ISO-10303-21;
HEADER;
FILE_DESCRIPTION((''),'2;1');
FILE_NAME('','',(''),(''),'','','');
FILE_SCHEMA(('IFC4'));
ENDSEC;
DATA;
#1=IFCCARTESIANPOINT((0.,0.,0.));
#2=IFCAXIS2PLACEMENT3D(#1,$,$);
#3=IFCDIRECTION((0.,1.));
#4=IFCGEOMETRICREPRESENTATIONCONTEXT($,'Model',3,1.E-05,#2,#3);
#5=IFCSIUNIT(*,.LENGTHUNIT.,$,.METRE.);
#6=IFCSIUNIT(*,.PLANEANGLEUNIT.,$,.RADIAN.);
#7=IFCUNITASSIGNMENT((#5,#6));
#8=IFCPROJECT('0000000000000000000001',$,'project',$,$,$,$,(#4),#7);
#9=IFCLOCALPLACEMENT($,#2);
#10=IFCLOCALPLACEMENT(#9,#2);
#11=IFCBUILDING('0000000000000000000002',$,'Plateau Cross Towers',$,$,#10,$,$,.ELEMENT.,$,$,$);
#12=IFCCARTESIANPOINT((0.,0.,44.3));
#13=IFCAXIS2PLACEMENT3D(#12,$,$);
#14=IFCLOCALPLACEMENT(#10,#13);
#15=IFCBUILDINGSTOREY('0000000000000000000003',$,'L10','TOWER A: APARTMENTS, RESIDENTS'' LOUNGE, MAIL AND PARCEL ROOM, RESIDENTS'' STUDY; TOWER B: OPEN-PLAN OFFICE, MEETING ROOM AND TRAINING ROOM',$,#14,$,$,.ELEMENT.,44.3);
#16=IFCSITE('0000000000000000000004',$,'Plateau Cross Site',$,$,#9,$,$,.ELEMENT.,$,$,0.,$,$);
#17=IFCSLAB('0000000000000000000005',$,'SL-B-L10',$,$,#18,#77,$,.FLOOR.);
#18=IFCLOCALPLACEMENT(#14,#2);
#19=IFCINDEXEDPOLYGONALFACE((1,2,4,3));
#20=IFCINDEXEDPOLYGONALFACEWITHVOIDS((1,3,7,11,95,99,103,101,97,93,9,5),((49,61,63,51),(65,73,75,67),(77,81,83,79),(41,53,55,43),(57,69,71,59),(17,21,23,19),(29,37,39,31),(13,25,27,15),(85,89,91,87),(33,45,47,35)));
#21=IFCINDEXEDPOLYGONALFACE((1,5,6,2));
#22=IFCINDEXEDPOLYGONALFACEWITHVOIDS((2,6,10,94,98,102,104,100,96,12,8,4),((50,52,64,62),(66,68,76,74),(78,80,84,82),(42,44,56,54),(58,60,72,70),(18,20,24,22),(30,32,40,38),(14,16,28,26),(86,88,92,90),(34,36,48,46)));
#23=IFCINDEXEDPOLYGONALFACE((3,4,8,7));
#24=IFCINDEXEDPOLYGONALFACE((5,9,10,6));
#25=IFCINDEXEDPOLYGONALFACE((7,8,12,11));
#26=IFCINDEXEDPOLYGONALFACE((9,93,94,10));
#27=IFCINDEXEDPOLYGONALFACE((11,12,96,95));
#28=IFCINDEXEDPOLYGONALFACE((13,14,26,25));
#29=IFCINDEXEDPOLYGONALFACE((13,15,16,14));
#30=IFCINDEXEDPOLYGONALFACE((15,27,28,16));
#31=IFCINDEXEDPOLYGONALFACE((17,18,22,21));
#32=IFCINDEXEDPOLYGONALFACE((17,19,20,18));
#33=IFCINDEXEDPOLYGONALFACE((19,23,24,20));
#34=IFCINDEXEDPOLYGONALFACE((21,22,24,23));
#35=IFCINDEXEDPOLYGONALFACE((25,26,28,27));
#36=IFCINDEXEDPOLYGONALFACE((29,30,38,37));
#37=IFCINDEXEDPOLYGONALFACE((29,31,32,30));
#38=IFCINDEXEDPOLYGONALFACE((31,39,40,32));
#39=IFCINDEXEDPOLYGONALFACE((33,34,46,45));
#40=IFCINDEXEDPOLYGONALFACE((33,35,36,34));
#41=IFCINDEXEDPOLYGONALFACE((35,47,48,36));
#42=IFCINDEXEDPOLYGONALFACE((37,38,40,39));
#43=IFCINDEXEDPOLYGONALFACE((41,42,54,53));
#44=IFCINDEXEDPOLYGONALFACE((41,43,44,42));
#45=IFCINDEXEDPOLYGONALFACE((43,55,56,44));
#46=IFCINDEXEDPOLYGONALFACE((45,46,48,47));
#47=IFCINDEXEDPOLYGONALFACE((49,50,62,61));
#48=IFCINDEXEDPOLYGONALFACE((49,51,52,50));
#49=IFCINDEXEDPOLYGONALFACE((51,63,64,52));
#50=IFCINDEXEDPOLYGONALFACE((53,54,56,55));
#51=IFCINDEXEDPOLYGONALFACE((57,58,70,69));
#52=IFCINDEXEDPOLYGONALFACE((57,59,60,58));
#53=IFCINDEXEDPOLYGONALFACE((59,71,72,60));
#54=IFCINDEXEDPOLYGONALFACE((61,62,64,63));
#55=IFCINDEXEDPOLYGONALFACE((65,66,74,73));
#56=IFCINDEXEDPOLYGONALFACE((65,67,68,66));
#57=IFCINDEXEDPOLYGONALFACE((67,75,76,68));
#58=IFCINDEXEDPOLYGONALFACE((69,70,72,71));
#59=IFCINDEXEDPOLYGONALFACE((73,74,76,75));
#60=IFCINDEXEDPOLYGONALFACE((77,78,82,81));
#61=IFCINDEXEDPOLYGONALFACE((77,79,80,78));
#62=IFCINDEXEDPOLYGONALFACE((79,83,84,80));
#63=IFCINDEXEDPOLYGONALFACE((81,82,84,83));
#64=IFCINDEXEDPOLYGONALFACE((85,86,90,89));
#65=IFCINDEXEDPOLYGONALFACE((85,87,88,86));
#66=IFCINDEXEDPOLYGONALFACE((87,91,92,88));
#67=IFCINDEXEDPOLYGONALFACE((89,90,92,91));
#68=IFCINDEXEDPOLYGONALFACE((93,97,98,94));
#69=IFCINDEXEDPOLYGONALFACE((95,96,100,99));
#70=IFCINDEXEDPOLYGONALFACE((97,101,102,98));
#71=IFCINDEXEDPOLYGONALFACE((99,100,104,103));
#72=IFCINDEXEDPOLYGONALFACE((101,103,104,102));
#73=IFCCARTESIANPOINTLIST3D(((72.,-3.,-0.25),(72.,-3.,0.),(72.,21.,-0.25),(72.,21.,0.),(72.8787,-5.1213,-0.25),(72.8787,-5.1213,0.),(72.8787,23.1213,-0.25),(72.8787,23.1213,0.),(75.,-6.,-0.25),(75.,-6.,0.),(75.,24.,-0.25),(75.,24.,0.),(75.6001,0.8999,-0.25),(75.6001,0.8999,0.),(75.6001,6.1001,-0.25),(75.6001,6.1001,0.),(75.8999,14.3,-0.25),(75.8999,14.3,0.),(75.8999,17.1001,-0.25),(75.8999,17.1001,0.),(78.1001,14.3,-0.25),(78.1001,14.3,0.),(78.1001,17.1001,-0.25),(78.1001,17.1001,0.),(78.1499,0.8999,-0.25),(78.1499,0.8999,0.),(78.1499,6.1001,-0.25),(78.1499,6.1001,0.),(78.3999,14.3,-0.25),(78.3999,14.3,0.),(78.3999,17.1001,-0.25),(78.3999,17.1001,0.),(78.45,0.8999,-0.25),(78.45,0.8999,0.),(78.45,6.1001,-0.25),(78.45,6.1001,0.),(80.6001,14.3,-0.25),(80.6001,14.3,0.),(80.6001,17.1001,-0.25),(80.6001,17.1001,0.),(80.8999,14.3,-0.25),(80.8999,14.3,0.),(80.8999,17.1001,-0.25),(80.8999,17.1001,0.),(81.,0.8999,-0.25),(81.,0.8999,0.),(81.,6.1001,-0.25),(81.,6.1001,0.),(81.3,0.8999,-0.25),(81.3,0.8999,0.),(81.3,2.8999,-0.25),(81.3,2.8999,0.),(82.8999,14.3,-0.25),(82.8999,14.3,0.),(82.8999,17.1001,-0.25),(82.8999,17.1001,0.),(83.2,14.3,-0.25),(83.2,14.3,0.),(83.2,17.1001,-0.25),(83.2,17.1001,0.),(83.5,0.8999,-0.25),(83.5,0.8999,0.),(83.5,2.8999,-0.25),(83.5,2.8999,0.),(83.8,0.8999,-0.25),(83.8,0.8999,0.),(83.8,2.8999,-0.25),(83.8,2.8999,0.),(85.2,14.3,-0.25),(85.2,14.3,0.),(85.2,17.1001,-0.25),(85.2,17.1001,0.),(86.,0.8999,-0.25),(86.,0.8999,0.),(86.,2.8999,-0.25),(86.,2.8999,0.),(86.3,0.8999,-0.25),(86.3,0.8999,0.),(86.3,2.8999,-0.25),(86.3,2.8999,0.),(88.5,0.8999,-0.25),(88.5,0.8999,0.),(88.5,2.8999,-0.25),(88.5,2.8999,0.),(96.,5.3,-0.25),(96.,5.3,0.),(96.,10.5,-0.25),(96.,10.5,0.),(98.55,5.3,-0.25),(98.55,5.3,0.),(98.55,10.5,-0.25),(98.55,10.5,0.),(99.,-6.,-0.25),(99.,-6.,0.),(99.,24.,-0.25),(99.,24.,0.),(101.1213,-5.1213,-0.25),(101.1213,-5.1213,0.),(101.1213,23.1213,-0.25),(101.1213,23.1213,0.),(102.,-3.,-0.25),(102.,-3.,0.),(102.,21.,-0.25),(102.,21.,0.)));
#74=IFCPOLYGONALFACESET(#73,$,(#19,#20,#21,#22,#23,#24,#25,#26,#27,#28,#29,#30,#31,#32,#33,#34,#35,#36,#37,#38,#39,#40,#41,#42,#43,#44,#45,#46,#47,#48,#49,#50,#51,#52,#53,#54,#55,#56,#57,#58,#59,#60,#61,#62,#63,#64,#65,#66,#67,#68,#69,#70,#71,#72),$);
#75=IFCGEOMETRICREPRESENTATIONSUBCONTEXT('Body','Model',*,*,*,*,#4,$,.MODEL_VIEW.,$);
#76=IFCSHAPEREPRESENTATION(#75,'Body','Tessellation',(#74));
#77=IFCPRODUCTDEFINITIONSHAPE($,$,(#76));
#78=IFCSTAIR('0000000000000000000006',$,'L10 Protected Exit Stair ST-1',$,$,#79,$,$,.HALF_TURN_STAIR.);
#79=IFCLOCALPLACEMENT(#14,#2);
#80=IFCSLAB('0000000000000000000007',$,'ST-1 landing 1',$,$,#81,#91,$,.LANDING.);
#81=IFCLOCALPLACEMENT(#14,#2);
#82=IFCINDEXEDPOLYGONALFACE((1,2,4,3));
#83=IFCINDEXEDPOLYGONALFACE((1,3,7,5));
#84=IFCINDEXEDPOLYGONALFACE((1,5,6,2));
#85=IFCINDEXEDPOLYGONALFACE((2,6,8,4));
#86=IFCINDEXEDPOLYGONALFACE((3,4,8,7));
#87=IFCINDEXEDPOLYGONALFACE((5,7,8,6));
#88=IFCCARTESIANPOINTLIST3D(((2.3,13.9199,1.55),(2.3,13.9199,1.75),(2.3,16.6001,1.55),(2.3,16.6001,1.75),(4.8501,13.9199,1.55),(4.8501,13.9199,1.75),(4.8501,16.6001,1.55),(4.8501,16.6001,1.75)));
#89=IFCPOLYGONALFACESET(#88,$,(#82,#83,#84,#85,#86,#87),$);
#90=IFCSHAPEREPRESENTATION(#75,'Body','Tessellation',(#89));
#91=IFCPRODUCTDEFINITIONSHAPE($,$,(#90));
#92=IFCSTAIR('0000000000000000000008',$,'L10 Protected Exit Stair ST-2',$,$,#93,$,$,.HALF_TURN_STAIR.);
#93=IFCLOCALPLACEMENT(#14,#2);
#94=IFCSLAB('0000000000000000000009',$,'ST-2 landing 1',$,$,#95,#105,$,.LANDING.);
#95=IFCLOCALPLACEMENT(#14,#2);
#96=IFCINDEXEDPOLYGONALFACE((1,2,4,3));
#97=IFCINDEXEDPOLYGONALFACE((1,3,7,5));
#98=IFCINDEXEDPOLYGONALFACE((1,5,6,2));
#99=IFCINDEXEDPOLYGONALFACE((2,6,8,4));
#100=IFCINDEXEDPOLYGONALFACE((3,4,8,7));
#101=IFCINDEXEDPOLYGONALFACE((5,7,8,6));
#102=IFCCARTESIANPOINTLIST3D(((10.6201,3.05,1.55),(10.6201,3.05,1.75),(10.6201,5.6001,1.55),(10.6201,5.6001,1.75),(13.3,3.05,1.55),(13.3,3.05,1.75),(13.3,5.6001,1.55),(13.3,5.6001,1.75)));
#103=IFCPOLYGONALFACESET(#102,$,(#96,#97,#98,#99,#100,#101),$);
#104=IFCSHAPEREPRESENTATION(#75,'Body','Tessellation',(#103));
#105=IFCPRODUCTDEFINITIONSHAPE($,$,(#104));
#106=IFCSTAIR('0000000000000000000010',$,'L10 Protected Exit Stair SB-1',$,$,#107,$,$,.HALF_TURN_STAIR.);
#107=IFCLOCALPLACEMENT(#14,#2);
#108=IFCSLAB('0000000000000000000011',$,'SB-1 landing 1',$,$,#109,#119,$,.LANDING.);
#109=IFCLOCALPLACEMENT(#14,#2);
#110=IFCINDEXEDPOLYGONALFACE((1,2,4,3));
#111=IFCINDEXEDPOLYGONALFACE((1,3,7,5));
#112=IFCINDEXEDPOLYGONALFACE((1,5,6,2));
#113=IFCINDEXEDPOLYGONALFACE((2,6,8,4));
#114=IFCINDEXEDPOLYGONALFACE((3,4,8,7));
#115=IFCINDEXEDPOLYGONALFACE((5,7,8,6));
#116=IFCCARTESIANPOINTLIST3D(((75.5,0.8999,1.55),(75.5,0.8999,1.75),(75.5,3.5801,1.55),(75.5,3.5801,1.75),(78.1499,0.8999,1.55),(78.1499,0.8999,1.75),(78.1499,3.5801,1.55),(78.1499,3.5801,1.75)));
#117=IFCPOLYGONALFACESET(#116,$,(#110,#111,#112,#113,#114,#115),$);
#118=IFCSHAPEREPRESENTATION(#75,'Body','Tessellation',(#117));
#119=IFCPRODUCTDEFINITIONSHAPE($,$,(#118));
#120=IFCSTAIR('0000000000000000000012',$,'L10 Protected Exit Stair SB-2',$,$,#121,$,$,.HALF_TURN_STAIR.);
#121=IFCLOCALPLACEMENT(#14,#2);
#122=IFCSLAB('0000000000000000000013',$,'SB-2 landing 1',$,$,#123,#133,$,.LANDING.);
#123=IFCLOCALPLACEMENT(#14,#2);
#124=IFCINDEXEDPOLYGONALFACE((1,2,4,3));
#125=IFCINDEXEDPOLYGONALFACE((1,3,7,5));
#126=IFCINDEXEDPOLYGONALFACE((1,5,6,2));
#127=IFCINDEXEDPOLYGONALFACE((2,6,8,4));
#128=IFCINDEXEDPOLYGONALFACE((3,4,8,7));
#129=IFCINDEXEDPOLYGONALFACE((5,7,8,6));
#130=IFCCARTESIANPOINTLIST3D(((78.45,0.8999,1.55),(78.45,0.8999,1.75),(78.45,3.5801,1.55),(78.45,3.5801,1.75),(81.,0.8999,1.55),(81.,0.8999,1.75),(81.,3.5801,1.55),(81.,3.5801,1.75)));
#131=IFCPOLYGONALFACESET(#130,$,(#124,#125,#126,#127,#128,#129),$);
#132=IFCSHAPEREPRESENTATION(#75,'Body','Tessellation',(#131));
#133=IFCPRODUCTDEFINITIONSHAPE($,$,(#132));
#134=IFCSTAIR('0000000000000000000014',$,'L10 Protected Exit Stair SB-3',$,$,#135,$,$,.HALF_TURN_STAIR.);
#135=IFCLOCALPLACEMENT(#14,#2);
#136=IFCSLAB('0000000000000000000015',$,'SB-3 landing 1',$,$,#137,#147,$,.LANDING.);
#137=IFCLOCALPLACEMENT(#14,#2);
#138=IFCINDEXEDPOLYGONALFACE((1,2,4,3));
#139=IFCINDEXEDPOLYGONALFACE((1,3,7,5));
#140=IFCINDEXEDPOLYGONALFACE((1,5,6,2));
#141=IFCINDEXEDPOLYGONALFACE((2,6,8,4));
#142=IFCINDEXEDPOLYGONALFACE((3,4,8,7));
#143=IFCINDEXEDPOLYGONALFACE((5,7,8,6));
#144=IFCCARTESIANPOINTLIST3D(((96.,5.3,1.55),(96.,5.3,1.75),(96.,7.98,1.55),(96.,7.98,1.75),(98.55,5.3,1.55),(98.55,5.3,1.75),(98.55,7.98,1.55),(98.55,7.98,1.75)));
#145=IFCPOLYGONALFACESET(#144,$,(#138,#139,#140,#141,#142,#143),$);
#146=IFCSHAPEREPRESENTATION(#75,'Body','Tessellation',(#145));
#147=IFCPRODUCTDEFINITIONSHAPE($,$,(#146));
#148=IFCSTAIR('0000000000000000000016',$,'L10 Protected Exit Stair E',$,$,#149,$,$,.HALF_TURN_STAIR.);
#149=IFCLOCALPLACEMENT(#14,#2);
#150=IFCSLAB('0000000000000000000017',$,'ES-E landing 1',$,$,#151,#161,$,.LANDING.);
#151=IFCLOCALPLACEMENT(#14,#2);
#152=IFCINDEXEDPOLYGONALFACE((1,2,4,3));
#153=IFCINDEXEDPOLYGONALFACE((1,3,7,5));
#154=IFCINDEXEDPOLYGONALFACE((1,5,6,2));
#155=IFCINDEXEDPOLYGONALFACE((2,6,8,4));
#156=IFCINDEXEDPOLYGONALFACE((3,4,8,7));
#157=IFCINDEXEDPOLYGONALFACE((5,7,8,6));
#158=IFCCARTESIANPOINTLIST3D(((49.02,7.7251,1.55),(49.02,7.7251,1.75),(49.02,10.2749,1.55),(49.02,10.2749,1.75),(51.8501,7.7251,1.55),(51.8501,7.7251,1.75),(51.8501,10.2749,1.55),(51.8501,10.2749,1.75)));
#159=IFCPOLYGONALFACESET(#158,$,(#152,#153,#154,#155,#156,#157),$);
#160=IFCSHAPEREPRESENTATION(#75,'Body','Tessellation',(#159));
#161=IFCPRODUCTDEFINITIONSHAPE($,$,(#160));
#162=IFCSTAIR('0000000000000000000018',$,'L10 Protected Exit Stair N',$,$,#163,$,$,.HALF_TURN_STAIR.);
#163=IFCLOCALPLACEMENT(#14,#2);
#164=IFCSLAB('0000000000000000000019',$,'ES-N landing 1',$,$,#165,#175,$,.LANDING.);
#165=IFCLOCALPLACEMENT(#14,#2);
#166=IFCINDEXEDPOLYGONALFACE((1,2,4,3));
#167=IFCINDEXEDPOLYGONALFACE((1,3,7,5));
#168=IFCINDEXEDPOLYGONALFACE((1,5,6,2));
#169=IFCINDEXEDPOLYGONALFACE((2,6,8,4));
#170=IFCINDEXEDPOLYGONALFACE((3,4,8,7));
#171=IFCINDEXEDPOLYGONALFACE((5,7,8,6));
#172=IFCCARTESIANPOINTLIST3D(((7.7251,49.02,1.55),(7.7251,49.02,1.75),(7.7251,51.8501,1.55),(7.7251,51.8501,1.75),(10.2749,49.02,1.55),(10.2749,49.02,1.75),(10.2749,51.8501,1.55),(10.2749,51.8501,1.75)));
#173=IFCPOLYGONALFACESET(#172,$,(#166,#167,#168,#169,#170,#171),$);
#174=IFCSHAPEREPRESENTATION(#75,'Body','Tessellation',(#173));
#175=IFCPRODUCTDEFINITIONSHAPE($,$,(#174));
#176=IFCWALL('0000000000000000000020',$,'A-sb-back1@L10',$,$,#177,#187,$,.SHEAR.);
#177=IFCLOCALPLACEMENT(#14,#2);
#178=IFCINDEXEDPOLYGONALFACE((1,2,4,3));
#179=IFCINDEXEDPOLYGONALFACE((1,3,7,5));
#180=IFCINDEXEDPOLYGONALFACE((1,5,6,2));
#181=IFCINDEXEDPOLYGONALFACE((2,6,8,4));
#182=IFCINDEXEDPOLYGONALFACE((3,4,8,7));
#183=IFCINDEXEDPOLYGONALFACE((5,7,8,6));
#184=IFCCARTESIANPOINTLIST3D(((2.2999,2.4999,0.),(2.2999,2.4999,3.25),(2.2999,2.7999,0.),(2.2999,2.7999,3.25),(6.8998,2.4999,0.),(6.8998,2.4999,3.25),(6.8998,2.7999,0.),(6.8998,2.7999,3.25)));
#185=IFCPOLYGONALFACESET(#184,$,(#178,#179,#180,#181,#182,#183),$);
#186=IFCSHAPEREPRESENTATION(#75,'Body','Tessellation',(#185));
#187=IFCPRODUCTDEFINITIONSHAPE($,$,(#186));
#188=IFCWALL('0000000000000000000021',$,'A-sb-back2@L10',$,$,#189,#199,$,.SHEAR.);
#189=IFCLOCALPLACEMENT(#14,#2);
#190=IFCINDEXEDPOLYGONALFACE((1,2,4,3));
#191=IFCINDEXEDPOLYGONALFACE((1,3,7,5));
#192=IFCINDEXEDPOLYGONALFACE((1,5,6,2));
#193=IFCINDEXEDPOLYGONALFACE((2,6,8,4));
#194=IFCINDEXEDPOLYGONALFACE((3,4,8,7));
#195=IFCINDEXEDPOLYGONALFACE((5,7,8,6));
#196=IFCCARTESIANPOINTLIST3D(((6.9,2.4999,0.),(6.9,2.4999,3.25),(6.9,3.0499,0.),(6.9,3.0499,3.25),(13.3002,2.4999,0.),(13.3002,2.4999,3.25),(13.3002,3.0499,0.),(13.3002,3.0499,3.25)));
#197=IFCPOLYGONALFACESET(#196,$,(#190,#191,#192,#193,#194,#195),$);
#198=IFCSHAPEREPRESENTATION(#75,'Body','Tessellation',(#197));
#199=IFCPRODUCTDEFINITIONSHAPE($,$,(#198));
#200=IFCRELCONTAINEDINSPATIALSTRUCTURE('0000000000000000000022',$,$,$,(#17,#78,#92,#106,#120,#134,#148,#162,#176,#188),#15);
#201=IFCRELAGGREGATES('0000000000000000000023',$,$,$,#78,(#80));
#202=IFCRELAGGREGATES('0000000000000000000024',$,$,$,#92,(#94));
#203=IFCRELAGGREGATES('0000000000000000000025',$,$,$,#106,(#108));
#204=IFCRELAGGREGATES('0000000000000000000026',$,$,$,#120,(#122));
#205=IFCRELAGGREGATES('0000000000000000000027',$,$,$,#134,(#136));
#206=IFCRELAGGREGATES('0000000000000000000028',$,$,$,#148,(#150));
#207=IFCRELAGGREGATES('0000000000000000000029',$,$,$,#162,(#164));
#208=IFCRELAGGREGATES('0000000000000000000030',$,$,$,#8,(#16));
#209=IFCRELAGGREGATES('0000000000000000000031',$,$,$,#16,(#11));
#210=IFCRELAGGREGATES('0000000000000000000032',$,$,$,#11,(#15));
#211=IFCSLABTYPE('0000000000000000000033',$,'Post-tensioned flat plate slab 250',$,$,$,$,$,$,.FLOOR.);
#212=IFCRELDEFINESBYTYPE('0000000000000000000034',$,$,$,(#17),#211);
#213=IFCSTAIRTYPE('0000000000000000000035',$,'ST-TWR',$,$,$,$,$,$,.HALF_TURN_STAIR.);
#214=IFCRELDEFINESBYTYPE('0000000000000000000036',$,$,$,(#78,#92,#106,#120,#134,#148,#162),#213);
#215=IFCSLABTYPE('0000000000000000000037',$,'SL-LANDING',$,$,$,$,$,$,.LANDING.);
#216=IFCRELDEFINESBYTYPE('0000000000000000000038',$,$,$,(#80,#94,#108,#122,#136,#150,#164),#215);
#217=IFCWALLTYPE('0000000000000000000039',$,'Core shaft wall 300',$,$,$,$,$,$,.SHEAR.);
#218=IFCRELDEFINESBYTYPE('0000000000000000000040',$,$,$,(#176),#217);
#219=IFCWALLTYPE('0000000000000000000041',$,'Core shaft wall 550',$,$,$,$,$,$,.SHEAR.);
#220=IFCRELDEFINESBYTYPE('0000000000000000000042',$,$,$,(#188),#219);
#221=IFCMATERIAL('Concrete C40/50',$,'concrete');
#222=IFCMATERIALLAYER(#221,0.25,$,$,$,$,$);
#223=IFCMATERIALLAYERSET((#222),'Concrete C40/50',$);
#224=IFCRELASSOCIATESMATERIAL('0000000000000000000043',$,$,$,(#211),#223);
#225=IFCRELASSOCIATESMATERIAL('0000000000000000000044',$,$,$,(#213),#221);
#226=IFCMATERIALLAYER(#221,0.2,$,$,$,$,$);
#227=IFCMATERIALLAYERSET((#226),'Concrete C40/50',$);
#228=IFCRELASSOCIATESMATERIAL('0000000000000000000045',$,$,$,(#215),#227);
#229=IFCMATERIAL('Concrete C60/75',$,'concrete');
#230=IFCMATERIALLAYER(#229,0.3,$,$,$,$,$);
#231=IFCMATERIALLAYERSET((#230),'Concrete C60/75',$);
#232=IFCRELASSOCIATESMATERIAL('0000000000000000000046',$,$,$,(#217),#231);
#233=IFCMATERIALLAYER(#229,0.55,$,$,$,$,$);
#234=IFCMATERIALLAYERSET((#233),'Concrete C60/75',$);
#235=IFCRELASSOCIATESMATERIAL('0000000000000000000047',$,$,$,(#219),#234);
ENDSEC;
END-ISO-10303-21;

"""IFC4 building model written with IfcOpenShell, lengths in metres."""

from ifc_helpers import new_model, si_unit, direction, frame, frame_2d, origin, place, context, subcontext, project, spatial, polyline, rectangle, outline, extrude, material, layer, layer_set, type_object, element, aggregate, save


model = new_model("IFC4")

# Units and contexts
model_context = context("Model", 3, precision=1e-05, world=origin(), true_north=direction((0.0, 1.0)))
body_context = subcontext(model_context, "Body", "Model", "MODEL_VIEW")
ifc_project = project(units=[si_unit("LENGTHUNIT", "METRE"), si_unit("PLANEANGLEUNIT", "RADIAN")], contexts=[model_context])

# Site, building, storey
site_placement = place(None, origin())
site = spatial("IfcSite", under=ifc_project, at=site_placement, Name="Plateau Cross Site", CompositionType="ELEMENT", RefElevation=0.0)
building_placement = place(site_placement, origin())
building = spatial("IfcBuilding", under=site, at=building_placement, Name="Plateau Cross Towers", CompositionType="ELEMENT")
storey_placement = place(building_placement, frame((0.0, 0.0, 44.3)))
storey = spatial("IfcBuildingStorey", under=building, at=storey_placement, Name="L10", Description="TOWER A: APARTMENTS, RESIDENTS' LOUNGE, MAIL AND PARCEL ROOM, RESIDENTS' STUDY; TOWER B: OPEN-PLAN OFFICE, MEETING ROOM AND TRAINING ROOM", CompositionType="ELEMENT", Elevation=44.3)

# Shared definitions
ifc_material_1 = material(Name="Concrete C60/75", Category="concrete")

# Shared definitions
ifc_material_2 = material(Name="Concrete C40/50", Category="concrete")

# Slab
ifc_layer_1 = layer(ifc_material_2, 0.25)
ifc_layer_set_1 = layer_set([ifc_layer_1], Name="Concrete C40/50")
slab_type_1 = type_object("IfcSlabType", Name="Post-tensioned flat plate slab 250", PredefinedType="FLOOR", material=ifc_layer_set_1)
slab_1_placement = place(storey_placement, frame((0.0, 0.0, -0.25)))
element("IfcSlab", 1, at=slab_1_placement, inside=storey, type_object=slab_type_1, Name="SL-B-L10", PredefinedType="FLOOR", context=body_context, shape_type="SweptSolid", body=[
    extrude(outline(polyline([(72.8787, -5.1213), (72.0, -3.0), (72.0, 21.0), (72.8787, 23.1213), (75.0, 24.0), (99.0, 24.0), (101.1213, 23.1213), (102.0, 21.0), (102.0, -3.0), (101.1213, -5.1213), (99.0, -6.0), (75.0, -6.0), (72.8787, -5.1213)]), holes=[polyline([(75.6001, 0.8999), (78.1499, 0.8999), (78.1499, 6.1001), (75.6001, 6.1001), (75.6001, 0.8999)]), polyline([(78.1001, 14.3), (78.1001, 17.1001), (75.8999, 17.1001), (75.8999, 14.3), (78.1001, 14.3)]), polyline([(83.5, 0.8999), (83.5, 2.8999), (81.3, 2.8999), (81.3, 0.8999), (83.5, 0.8999)]), polyline([(86.0, 0.8999), (86.0, 2.8999), (83.8, 2.8999), (83.8, 0.8999), (86.0, 0.8999)]), polyline([(88.5, 0.8999), (88.5, 2.8999), (86.3, 2.8999), (86.3, 0.8999), (88.5, 0.8999)]), polyline([(78.45, 0.8999), (81.0, 0.8999), (81.0, 6.1001), (78.45, 6.1001), (78.45, 0.8999)]), polyline([(96.0, 5.3), (98.55, 5.3), (98.55, 10.5), (96.0, 10.5), (96.0, 5.3)]), polyline([(80.6001, 14.3), (80.6001, 17.1001), (78.3999, 17.1001), (78.3999, 14.3), (80.6001, 14.3)]), polyline([(80.8999, 14.3), (82.8999, 14.3), (82.8999, 17.1001), (80.8999, 17.1001), (80.8999, 14.3)]), polyline([(83.2, 14.3), (85.2, 14.3), (85.2, 17.1001), (83.2, 17.1001), (83.2, 14.3)])]), origin(), (0.0, 0.0, 1.0), 0.25),
])

# Stairs, slabs
stair_type = type_object("IfcStairType", Name="ST-TWR", PredefinedType="HALF_TURN_STAIR", material=ifc_material_2)
stair_1_placement = place(storey_placement, origin())
stair_1 = element("IfcStair", 2, at=stair_1_placement, inside=storey, type_object=stair_type, Name="L10 Protected Exit Stair ST-1", PredefinedType="HALF_TURN_STAIR")
ifc_layer_2 = layer(ifc_material_2, 0.2)
ifc_layer_set_2 = layer_set([ifc_layer_2], Name="Concrete C40/50")
slab_type_2 = type_object("IfcSlabType", Name="SL-LANDING", PredefinedType="LANDING", material=ifc_layer_set_2)
slab_2_placement = place(storey_placement, frame((0.0, 0.0, 1.55)))
slab_2 = element("IfcSlab", 3, at=slab_2_placement, type_object=slab_type_2, Name="ST-1 landing 1", PredefinedType="LANDING", context=body_context, shape_type="SweptSolid", body=[
    extrude(outline(polyline([(4.8501, 13.9199), (4.8501, 16.6001), (2.3, 16.6001), (2.3, 13.9199), (4.8501, 13.9199)])), origin(), (0.0, 0.0, 1.0), 0.2),
])
aggregate(stair_1, [slab_2])
stair_2_placement = place(storey_placement, origin())
stair_2 = element("IfcStair", 4, at=stair_2_placement, inside=storey, type_object=stair_type, Name="L10 Protected Exit Stair ST-2", PredefinedType="HALF_TURN_STAIR")
slab_3_placement = place(storey_placement, frame((0.0, 0.0, 1.55)))
slab_3 = element("IfcSlab", 5, at=slab_3_placement, type_object=slab_type_2, Name="ST-2 landing 1", PredefinedType="LANDING", context=body_context, shape_type="SweptSolid", body=[
    extrude(outline(polyline([(10.6201, 3.05), (13.3, 3.05), (13.3, 5.6001), (10.6201, 5.6001), (10.6201, 3.05)])), origin(), (0.0, 0.0, 1.0), 0.2),
])
aggregate(stair_2, [slab_3])
stair_3_placement = place(storey_placement, origin())
stair_3 = element("IfcStair", 6, at=stair_3_placement, inside=storey, type_object=stair_type, Name="L10 Protected Exit Stair SB-1", PredefinedType="HALF_TURN_STAIR")
slab_4_placement = place(storey_placement, frame((0.0, 0.0, 1.55)))
slab_4 = element("IfcSlab", 7, at=slab_4_placement, type_object=slab_type_2, Name="SB-1 landing 1", PredefinedType="LANDING", context=body_context, shape_type="SweptSolid", body=[
    extrude(outline(polyline([(75.5, 3.5801), (75.5, 0.8999), (78.1499, 0.8999), (78.1499, 3.5801), (75.5, 3.5801)])), origin(), (0.0, 0.0, 1.0), 0.2),
])
aggregate(stair_3, [slab_4])
stair_4_placement = place(storey_placement, origin())
stair_4 = element("IfcStair", 8, at=stair_4_placement, inside=storey, type_object=stair_type, Name="L10 Protected Exit Stair SB-2", PredefinedType="HALF_TURN_STAIR")
slab_5_placement = place(storey_placement, frame((0.0, 0.0, 1.55)))
slab_5 = element("IfcSlab", 9, at=slab_5_placement, type_object=slab_type_2, Name="SB-2 landing 1", PredefinedType="LANDING", context=body_context, shape_type="SweptSolid", body=[
    extrude(outline(polyline([(78.45, 3.5801), (78.45, 0.8999), (81.0, 0.8999), (81.0, 3.5801), (78.45, 3.5801)])), origin(), (0.0, 0.0, 1.0), 0.2),
])
aggregate(stair_4, [slab_5])
stair_5_placement = place(storey_placement, origin())
stair_5 = element("IfcStair", 10, at=stair_5_placement, inside=storey, type_object=stair_type, Name="L10 Protected Exit Stair SB-3", PredefinedType="HALF_TURN_STAIR")
slab_6_placement = place(storey_placement, frame((0.0, 0.0, 1.55)))
slab_6 = element("IfcSlab", 11, at=slab_6_placement, type_object=slab_type_2, Name="SB-3 landing 1", PredefinedType="LANDING", context=body_context, shape_type="SweptSolid", body=[
    extrude(outline(polyline([(96.0, 7.98), (96.0, 5.3), (98.55, 5.3), (98.55, 7.98), (96.0, 7.98)])), origin(), (0.0, 0.0, 1.0), 0.2),
])
aggregate(stair_5, [slab_6])
stair_6_placement = place(storey_placement, origin())
stair_6 = element("IfcStair", 12, at=stair_6_placement, inside=storey, type_object=stair_type, Name="L10 Protected Exit Stair E", PredefinedType="HALF_TURN_STAIR")
slab_7_placement = place(storey_placement, frame((0.0, 0.0, 1.55)))
slab_7 = element("IfcSlab", 13, at=slab_7_placement, type_object=slab_type_2, Name="ES-E landing 1", PredefinedType="LANDING", context=body_context, shape_type="SweptSolid", body=[
    extrude(outline(polyline([(49.02, 7.7251), (51.8501, 7.7251), (51.8501, 10.2749), (49.02, 10.2749), (49.02, 7.7251)])), origin(), (0.0, 0.0, 1.0), 0.2),
])
aggregate(stair_6, [slab_7])
stair_7_placement = place(storey_placement, origin())
stair_7 = element("IfcStair", 14, at=stair_7_placement, inside=storey, type_object=stair_type, Name="L10 Protected Exit Stair N", PredefinedType="HALF_TURN_STAIR")
slab_8_placement = place(storey_placement, frame((0.0, 0.0, 1.55)))
slab_8 = element("IfcSlab", 15, at=slab_8_placement, type_object=slab_type_2, Name="ES-N landing 1", PredefinedType="LANDING", context=body_context, shape_type="SweptSolid", body=[
    extrude(outline(polyline([(10.2749, 49.02), (10.2749, 51.8501), (7.7251, 51.8501), (7.7251, 49.02), (10.2749, 49.02)])), origin(), (0.0, 0.0, 1.0), 0.2),
])
aggregate(stair_7, [slab_8])

# Walls
ifc_layer_3 = layer(ifc_material_1, 0.3)
ifc_layer_set_3 = layer_set([ifc_layer_3], Name="Concrete C60/75")
wall_type_1 = type_object("IfcWallType", Name="Core shaft wall 300", PredefinedType="SHEAR", material=ifc_layer_set_3)
wall_1_placement = place(storey_placement, frame((2.3, 2.6499, 0.0), z_axis=(0.0, 0.0, 1.0), x_axis=(1.0, 0.0, 0.0)))
element("IfcWall", 16, at=wall_1_placement, inside=storey, type_object=wall_type_1, Name="A-sb-back1@L10", PredefinedType="SHEAR", context=body_context, shape_type="SweptSolid", body=[
    extrude(rectangle(XDim=4.5999, YDim=0.3, at=frame_2d((2.2998, 0.0))), origin(), (0.0, 0.0, 1.0), 3.25),
])
ifc_layer_4 = layer(ifc_material_1, 0.55)
ifc_layer_set_4 = layer_set([ifc_layer_4], Name="Concrete C60/75")
wall_type_2 = type_object("IfcWallType", Name="Core shaft wall 550", PredefinedType="SHEAR", material=ifc_layer_set_4)
wall_2_placement = place(storey_placement, frame((6.8999, 2.7749, 0.0), z_axis=(0.0, 0.0, 1.0), x_axis=(1.0, 0.0, 0.0)))
element("IfcWall", 17, at=wall_2_placement, inside=storey, type_object=wall_type_2, Name="A-sb-back2@L10", PredefinedType="SHEAR", context=body_context, shape_type="SweptSolid", body=[
    extrude(rectangle(XDim=6.4001, YDim=0.55, at=frame_2d((3.2002, 0.0))), origin(), (0.0, 0.0, 1.0), 3.25),
])

save(model, "model.ifc")
